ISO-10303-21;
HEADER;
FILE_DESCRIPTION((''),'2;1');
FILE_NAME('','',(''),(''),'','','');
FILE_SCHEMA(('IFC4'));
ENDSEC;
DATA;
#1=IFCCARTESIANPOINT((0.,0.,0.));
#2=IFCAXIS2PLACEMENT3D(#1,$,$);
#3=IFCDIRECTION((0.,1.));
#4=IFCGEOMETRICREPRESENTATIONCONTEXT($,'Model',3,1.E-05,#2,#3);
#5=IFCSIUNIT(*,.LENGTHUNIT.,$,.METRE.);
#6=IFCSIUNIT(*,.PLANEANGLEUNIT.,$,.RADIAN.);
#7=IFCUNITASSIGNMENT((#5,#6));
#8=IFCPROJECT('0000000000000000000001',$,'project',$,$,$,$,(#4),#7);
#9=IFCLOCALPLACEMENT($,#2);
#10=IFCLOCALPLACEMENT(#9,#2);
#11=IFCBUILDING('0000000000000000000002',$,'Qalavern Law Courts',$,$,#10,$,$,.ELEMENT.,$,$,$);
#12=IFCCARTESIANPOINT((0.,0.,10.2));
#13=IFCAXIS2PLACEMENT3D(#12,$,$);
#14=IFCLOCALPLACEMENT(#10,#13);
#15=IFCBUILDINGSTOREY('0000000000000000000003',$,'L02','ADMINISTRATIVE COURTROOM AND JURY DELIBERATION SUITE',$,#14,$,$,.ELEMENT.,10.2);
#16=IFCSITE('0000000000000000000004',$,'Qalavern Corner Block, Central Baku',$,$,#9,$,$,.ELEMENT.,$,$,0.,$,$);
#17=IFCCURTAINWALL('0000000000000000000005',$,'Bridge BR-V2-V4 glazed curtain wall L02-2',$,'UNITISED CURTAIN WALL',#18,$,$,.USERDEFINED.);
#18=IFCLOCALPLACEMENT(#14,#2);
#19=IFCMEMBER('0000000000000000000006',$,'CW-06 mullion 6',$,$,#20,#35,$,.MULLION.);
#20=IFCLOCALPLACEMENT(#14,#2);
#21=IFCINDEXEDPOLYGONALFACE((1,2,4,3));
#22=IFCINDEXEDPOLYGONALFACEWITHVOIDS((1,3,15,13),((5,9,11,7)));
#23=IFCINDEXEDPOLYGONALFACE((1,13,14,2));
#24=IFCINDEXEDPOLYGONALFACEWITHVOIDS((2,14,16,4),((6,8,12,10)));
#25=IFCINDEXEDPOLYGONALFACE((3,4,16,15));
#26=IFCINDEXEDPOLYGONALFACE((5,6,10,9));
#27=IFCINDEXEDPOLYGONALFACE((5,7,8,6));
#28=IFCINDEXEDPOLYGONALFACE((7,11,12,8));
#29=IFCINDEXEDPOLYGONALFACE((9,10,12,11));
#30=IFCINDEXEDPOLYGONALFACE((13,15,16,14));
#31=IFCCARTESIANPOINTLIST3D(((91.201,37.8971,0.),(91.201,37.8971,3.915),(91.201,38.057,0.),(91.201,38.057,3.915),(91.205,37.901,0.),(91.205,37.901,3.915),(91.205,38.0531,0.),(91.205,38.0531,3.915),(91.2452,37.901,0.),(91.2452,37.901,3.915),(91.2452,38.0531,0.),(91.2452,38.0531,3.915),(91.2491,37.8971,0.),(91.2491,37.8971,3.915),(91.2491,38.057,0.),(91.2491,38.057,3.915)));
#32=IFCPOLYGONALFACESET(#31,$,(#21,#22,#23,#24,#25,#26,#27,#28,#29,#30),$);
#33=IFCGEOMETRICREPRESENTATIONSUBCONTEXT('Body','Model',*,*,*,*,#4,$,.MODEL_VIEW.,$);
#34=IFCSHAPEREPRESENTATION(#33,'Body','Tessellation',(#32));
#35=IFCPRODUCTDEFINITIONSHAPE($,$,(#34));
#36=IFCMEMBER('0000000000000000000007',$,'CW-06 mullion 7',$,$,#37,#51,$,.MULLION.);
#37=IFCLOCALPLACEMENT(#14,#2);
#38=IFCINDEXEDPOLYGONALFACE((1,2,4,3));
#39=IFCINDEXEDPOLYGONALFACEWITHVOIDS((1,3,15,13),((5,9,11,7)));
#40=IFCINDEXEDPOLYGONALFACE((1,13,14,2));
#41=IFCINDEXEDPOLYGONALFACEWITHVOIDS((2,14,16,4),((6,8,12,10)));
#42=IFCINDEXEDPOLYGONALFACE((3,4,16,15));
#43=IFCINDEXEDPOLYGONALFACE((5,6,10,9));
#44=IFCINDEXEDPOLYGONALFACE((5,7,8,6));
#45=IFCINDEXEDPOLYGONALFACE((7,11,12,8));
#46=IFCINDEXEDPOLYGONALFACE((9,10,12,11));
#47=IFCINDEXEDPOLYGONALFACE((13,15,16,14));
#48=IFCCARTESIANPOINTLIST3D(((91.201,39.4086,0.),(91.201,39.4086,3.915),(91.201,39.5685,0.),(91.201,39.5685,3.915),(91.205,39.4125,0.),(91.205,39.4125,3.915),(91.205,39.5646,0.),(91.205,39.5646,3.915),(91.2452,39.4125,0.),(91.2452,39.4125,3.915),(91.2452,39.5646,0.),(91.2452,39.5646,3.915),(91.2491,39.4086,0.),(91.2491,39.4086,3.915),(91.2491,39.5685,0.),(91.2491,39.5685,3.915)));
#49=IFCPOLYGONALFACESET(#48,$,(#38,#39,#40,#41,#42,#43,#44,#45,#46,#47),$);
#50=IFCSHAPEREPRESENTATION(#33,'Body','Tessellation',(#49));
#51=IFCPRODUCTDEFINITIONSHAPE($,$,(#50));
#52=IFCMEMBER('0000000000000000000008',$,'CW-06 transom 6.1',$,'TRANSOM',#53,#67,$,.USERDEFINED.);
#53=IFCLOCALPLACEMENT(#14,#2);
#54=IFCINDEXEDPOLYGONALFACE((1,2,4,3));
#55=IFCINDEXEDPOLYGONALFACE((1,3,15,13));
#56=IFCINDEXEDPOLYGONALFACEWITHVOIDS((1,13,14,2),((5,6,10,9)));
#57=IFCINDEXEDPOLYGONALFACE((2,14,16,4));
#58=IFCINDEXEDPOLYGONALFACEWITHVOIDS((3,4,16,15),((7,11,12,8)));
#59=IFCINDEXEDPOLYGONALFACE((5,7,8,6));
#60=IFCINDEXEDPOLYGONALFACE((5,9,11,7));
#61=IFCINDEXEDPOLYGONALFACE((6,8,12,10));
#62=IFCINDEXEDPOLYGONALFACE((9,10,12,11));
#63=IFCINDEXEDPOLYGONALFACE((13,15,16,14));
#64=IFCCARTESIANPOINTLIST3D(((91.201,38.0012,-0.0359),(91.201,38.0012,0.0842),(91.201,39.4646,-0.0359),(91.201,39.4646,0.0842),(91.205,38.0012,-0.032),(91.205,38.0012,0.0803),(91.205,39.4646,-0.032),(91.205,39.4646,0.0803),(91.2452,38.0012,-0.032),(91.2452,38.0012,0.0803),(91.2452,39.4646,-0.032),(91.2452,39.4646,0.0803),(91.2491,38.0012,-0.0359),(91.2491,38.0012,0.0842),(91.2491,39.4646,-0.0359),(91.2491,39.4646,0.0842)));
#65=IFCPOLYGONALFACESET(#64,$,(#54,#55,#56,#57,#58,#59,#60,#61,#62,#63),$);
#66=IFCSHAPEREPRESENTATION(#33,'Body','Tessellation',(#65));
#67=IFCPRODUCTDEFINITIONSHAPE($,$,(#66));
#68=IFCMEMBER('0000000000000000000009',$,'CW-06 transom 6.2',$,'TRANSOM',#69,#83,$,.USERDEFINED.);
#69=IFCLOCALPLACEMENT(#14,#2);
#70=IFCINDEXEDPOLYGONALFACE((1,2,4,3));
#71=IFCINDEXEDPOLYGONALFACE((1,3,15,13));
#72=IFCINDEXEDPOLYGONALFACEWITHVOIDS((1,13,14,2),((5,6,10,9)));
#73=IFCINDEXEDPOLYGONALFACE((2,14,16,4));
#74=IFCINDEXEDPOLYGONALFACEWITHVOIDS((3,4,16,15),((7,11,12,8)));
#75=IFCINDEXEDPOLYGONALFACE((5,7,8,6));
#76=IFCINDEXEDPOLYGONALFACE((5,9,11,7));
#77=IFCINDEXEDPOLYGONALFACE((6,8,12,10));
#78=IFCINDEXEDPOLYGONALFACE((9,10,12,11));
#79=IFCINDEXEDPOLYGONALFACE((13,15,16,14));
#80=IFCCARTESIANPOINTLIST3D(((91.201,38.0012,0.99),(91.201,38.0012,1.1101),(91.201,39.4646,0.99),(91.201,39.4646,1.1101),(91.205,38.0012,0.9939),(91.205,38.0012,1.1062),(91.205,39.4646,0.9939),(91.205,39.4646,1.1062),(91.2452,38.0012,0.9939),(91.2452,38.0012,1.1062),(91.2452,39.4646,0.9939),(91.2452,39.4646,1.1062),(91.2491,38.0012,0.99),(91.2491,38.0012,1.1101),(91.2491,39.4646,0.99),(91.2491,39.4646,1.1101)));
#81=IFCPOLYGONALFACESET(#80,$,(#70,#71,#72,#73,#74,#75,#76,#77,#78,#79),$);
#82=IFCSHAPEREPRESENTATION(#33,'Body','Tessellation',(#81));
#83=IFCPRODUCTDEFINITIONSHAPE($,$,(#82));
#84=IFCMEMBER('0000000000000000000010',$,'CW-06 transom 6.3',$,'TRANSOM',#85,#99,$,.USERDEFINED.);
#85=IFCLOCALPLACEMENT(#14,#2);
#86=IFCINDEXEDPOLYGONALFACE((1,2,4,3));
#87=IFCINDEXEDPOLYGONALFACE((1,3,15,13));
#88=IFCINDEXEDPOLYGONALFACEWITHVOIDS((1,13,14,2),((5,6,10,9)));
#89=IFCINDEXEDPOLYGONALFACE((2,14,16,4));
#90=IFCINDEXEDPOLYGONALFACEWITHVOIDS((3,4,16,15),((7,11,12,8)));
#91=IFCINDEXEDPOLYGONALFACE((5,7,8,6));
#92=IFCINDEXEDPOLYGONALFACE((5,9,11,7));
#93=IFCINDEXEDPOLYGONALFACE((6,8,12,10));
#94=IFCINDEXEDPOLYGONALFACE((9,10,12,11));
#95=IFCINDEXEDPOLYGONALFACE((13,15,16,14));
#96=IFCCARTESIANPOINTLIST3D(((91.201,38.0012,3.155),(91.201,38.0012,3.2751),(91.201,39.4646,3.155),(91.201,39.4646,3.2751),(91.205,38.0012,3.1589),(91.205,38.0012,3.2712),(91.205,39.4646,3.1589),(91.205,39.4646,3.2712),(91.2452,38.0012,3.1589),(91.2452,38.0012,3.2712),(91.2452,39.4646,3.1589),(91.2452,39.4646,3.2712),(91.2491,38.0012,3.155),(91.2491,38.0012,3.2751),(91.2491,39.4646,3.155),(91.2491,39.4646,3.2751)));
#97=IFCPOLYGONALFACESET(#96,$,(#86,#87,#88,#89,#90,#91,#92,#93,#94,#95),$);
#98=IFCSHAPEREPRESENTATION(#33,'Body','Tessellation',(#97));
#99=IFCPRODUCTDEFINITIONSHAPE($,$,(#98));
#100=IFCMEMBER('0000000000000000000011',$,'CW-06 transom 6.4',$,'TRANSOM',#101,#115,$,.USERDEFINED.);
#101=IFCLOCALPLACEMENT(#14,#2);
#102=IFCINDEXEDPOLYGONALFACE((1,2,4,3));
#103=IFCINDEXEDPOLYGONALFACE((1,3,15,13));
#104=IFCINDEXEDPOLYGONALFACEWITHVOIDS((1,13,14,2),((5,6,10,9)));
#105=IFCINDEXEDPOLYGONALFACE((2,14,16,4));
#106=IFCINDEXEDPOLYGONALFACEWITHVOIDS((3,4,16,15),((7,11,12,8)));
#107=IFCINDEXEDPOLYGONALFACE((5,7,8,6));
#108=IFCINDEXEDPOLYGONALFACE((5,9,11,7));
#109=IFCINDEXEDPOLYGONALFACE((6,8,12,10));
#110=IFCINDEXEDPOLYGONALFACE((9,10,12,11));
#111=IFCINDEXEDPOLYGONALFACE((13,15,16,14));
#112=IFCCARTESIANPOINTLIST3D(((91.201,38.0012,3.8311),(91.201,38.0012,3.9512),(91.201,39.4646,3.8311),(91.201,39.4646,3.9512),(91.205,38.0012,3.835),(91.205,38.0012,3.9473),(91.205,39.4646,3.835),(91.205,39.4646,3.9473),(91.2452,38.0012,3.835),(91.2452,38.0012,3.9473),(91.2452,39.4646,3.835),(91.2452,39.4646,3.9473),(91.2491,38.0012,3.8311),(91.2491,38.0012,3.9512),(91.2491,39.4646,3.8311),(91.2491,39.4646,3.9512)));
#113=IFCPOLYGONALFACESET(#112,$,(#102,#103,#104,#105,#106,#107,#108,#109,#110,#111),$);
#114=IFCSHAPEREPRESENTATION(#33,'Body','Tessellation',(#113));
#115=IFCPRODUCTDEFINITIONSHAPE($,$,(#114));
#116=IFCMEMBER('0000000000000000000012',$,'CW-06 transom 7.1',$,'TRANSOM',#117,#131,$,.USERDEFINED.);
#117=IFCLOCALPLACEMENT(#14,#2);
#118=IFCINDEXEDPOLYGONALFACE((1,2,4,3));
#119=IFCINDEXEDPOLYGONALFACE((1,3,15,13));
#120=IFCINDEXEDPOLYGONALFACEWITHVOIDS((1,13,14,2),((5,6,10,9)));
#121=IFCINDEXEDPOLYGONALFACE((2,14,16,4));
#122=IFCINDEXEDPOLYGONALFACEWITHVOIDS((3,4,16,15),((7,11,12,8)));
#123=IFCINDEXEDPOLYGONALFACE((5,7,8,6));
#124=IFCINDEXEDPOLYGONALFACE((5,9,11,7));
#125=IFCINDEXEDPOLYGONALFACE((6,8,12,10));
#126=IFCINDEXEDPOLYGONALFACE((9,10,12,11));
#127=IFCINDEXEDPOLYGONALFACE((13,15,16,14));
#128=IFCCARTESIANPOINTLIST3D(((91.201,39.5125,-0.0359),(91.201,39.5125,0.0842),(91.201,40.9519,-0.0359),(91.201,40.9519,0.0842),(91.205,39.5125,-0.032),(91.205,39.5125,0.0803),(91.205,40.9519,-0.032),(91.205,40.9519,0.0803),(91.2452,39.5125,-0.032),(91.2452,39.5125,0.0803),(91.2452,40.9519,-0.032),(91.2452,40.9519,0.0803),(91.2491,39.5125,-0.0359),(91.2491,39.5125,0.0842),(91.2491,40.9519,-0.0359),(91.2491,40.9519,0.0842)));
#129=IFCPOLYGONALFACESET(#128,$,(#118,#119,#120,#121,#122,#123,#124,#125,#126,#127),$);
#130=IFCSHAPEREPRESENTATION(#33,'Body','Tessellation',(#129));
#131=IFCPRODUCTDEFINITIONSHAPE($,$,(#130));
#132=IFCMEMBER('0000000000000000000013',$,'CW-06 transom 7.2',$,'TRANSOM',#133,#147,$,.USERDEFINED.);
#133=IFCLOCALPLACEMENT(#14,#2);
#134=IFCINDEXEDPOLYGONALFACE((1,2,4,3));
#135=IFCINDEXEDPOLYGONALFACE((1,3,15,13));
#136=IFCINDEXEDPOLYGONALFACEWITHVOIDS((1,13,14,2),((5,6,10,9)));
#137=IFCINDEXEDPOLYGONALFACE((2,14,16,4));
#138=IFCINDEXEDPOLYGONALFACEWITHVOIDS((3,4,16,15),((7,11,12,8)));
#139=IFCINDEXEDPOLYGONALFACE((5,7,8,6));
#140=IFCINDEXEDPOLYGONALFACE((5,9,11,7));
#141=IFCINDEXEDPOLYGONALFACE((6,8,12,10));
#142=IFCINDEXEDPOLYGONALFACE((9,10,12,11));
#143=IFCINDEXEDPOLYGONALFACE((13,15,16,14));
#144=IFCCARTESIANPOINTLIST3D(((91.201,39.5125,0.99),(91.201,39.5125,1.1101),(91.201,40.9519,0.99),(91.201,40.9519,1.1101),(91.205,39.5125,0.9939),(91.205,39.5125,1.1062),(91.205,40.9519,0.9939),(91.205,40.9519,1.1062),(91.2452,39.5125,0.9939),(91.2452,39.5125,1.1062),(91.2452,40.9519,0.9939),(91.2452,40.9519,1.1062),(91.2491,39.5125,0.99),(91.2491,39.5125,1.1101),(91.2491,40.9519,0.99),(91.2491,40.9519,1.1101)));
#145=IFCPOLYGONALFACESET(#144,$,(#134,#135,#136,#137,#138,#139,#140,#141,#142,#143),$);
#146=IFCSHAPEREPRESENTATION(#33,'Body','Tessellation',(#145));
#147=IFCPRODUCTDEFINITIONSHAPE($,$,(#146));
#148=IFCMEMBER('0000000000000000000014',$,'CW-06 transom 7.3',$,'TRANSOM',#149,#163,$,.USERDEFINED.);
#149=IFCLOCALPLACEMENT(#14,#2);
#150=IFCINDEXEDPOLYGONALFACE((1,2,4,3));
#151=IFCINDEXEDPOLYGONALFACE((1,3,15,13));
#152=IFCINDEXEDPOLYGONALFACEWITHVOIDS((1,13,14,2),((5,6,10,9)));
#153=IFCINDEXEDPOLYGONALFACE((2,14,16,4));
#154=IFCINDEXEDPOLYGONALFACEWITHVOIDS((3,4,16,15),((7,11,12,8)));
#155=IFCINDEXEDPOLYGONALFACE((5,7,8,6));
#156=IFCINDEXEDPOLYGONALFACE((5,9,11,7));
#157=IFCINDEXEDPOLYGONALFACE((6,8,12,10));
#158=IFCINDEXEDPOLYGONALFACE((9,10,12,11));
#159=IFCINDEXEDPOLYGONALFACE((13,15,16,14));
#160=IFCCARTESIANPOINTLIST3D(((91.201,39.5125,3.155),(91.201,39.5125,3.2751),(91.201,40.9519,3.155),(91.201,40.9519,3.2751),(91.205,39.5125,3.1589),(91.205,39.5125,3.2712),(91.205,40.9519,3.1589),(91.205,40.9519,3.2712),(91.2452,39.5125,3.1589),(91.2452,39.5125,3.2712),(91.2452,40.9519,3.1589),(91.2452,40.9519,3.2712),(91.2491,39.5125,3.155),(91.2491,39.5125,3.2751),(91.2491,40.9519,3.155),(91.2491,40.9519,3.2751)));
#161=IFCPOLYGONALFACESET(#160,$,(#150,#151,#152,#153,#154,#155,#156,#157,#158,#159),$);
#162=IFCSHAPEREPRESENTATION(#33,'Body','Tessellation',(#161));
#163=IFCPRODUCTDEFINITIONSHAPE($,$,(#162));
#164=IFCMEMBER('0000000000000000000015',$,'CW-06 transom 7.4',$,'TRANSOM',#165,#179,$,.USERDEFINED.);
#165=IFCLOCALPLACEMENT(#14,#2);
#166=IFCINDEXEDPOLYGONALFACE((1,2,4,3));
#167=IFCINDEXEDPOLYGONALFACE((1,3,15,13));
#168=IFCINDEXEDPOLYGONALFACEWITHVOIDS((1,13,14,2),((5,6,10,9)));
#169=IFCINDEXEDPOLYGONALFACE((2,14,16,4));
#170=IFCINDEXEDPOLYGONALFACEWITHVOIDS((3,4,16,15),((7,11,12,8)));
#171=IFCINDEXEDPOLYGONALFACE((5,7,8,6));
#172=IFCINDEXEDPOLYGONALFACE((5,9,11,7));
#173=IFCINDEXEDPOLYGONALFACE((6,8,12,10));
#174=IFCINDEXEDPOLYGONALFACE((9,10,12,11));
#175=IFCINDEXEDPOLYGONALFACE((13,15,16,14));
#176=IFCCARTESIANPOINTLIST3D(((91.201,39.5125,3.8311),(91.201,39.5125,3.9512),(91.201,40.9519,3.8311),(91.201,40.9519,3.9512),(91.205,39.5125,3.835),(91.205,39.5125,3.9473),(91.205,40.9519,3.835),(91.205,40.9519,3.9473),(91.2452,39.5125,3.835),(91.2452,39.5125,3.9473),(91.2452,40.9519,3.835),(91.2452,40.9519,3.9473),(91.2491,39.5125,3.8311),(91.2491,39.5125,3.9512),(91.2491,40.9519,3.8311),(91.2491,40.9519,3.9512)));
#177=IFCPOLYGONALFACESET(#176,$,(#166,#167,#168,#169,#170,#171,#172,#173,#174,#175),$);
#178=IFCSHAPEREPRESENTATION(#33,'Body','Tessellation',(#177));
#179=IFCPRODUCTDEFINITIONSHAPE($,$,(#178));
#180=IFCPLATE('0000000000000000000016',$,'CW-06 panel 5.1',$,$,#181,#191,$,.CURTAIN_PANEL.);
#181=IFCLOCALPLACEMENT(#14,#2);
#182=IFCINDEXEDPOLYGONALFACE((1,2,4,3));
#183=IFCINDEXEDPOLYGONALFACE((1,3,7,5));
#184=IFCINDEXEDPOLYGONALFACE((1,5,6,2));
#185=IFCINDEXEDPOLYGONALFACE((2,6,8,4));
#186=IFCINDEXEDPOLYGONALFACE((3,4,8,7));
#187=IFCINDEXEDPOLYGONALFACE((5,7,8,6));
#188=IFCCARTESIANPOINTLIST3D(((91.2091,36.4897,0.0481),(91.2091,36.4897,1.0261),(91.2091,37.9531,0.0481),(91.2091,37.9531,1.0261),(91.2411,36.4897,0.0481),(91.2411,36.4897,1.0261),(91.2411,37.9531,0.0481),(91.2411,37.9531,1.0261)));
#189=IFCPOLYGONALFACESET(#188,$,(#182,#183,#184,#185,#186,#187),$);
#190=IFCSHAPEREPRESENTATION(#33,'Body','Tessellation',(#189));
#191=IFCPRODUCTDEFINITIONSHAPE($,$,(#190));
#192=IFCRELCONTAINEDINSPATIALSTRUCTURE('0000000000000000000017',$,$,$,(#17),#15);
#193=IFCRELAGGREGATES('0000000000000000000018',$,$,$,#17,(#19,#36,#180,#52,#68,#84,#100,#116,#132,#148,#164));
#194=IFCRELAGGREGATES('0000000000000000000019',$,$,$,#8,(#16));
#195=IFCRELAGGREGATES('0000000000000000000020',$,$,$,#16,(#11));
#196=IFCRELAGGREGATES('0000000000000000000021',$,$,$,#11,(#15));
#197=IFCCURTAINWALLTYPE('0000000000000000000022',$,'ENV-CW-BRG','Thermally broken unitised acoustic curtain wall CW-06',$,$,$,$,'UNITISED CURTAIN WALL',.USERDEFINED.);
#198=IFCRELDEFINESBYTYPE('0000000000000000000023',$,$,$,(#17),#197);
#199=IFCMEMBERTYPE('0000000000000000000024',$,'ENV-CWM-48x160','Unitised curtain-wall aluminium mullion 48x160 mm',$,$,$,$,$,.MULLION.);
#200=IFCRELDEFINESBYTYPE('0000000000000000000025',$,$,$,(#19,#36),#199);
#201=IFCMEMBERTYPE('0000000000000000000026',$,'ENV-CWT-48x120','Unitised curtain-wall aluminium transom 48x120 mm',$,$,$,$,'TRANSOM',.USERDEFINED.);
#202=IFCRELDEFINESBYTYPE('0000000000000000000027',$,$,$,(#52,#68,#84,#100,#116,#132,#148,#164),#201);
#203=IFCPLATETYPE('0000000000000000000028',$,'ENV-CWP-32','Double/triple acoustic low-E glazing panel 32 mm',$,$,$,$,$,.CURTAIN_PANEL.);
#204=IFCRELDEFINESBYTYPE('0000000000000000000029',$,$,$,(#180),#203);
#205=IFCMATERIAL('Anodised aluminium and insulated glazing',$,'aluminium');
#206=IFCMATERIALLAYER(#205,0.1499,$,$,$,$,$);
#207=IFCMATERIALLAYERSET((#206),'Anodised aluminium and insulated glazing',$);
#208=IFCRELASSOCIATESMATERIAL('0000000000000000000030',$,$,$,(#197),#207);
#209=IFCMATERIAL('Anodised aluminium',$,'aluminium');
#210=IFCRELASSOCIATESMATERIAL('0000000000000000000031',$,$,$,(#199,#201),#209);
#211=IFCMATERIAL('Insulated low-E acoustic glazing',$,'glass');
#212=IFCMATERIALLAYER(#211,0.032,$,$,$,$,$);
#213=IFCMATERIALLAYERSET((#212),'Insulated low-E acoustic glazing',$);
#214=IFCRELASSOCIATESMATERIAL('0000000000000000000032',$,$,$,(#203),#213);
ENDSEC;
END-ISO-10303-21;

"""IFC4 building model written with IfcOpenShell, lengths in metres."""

from ifc_helpers import new_model, si_unit, direction, frame, origin, origin_2d, place, context, subcontext, project, spatial, rectangle, hollow_rectangle, extrude, material, layer, layer_set, material_profile, profile_set, type_object, element, aggregate, save


model = new_model("IFC4")

# Units and contexts
model_context = context("Model", 3, precision=1e-05, world=origin(), true_north=direction((0.0, 1.0)))
body_context = subcontext(model_context, "Body", "Model", "MODEL_VIEW")
ifc_project = project(units=[si_unit("LENGTHUNIT", "METRE"), si_unit("PLANEANGLEUNIT", "RADIAN")], contexts=[model_context])

# Site, building, storey
site_placement = place(None, origin())
site = spatial("IfcSite", under=ifc_project, at=site_placement, Name="Qalavern Corner Block, Central Baku", CompositionType="ELEMENT", RefElevation=0.0)
building_placement = place(site_placement, origin())
building = spatial("IfcBuilding", under=site, at=building_placement, Name="Qalavern Law Courts", CompositionType="ELEMENT")
storey_placement = place(building_placement, frame((0.0, 0.0, 10.2)))
storey = spatial("IfcBuildingStorey", under=building, at=storey_placement, Name="L02", Description="ADMINISTRATIVE COURTROOM AND JURY DELIBERATION SUITE", CompositionType="ELEMENT", Elevation=10.2)

# Curtain wall, members, plate
ifc_material_1 = material(Name="Anodised aluminium and insulated glazing", Category="aluminium")
ifc_layer_1 = layer(ifc_material_1, 0.1499)
ifc_layer_set_1 = layer_set([ifc_layer_1], Name="Anodised aluminium and insulated glazing")
curtain_wall_type = type_object("IfcCurtainWallType", Name="ENV-CW-BRG", Description="Thermally broken unitised acoustic curtain wall CW-06", ElementType="UNITISED CURTAIN WALL", PredefinedType="USERDEFINED", material=ifc_layer_set_1)
curtain_wall_placement = place(storey_placement, origin())
curtain_wall = element("IfcCurtainWall", 1, at=curtain_wall_placement, inside=storey, type_object=curtain_wall_type, Name="Bridge BR-V2-V4 glazed curtain wall L02-2", ObjectType="UNITISED CURTAIN WALL", PredefinedType="USERDEFINED")
ifc_material_2 = material(Name="Anodised aluminium", Category="aluminium")
ifc_material_profile_1 = material_profile(ifc_material_2, hollow_rectangle(XDim=0.0481, YDim=0.1599, WallThickness=0.0039, at=origin_2d()), Name="ALU MULLION 48x160")
ifc_profile_set_1 = profile_set([ifc_material_profile_1], Name="Anodised aluminium")
member_type_1 = type_object("IfcMemberType", Name="ENV-CWM-48x160", Description="Unitised curtain-wall aluminium mullion 48x160 mm", PredefinedType="MULLION", material=ifc_profile_set_1)
member_1_placement = place(storey_placement, frame((91.2251, 37.9771, 0.0), z_axis=(0.0, 0.0, 1.0), x_axis=(-1.0, 0.0, 0.0)))
member_1 = element("IfcMember", 2, at=member_1_placement, type_object=member_type_1, Name="CW-06 mullion 6", PredefinedType="MULLION", context=body_context, shape_type="SweptSolid", body=[
    extrude(hollow_rectangle(XDim=0.0481, YDim=0.1599, WallThickness=0.0039, at=origin_2d()), origin(), (0.0, 0.0, 1.0), 3.915),
])
member_2_placement = place(storey_placement, frame((91.2251, 39.4885, 0.0), z_axis=(0.0, 0.0, 1.0), x_axis=(-1.0, 0.0, 0.0)))
member_2 = element("IfcMember", 3, at=member_2_placement, type_object=member_type_1, Name="CW-06 mullion 7", PredefinedType="MULLION", context=body_context, shape_type="SweptSolid", body=[
    extrude(hollow_rectangle(XDim=0.0481, YDim=0.1599, WallThickness=0.0039, at=origin_2d()), origin(), (0.0, 0.0, 1.0), 3.915),
])
ifc_material_profile_2 = material_profile(ifc_material_2, hollow_rectangle(XDim=0.0481, YDim=0.1201, WallThickness=0.0039, at=origin_2d()), Name="ALU TRANSOM 48x120")
ifc_profile_set_2 = profile_set([ifc_material_profile_2], Name="Anodised aluminium")
member_type_2 = type_object("IfcMemberType", Name="ENV-CWT-48x120", Description="Unitised curtain-wall aluminium transom 48x120 mm", ElementType="TRANSOM", PredefinedType="USERDEFINED", material=ifc_profile_set_2)
member_3_placement = place(storey_placement, frame((91.2251, 38.0012, 0.0242), z_axis=(0.0, 1.0, 0.0), x_axis=(-1.0, 0.0, 0.0)))
member_3 = element("IfcMember", 4, at=member_3_placement, type_object=member_type_2, Name="CW-06 transom 6.1", ObjectType="TRANSOM", PredefinedType="USERDEFINED", context=body_context, shape_type="SweptSolid", body=[
    extrude(hollow_rectangle(XDim=0.0481, YDim=0.1201, WallThickness=0.0039, at=origin_2d()), origin(), (0.0, 0.0, 1.0), 1.4634),
])
member_4_placement = place(storey_placement, frame((91.2251, 38.0012, 1.05), z_axis=(0.0, 1.0, 0.0), x_axis=(-1.0, 0.0, 0.0)))
member_4 = element("IfcMember", 5, at=member_4_placement, type_object=member_type_2, Name="CW-06 transom 6.2", ObjectType="TRANSOM", PredefinedType="USERDEFINED", context=body_context, shape_type="SweptSolid", body=[
    extrude(hollow_rectangle(XDim=0.0481, YDim=0.1201, WallThickness=0.0039, at=origin_2d()), origin(), (0.0, 0.0, 1.0), 1.4634),
])
member_5_placement = place(storey_placement, frame((91.2251, 38.0012, 3.2151), z_axis=(0.0, 1.0, 0.0), x_axis=(-1.0, 0.0, 0.0)))
member_5 = element("IfcMember", 6, at=member_5_placement, type_object=member_type_2, Name="CW-06 transom 6.3", ObjectType="TRANSOM", PredefinedType="USERDEFINED", context=body_context, shape_type="SweptSolid", body=[
    extrude(hollow_rectangle(XDim=0.0481, YDim=0.1201, WallThickness=0.0039, at=origin_2d()), origin(), (0.0, 0.0, 1.0), 1.4634),
])
member_6_placement = place(storey_placement, frame((91.2251, 38.0012, 3.8911), z_axis=(0.0, 1.0, 0.0), x_axis=(-1.0, 0.0, 0.0)))
member_6 = element("IfcMember", 7, at=member_6_placement, type_object=member_type_2, Name="CW-06 transom 6.4", ObjectType="TRANSOM", PredefinedType="USERDEFINED", context=body_context, shape_type="SweptSolid", body=[
    extrude(hollow_rectangle(XDim=0.0481, YDim=0.1201, WallThickness=0.0039, at=origin_2d()), origin(), (0.0, 0.0, 1.0), 1.4634),
])
member_7_placement = place(storey_placement, frame((91.2251, 39.5125, 0.0242), z_axis=(0.0, 1.0, 0.0), x_axis=(-1.0, 0.0, 0.0)))
member_7 = element("IfcMember", 8, at=member_7_placement, type_object=member_type_2, Name="CW-06 transom 7.1", ObjectType="TRANSOM", PredefinedType="USERDEFINED", context=body_context, shape_type="SweptSolid", body=[
    extrude(hollow_rectangle(XDim=0.0481, YDim=0.1201, WallThickness=0.0039, at=origin_2d()), origin(), (0.0, 0.0, 1.0), 1.4395),
])
member_8_placement = place(storey_placement, frame((91.2251, 39.5125, 1.05), z_axis=(0.0, 1.0, 0.0), x_axis=(-1.0, 0.0, 0.0)))
member_8 = element("IfcMember", 9, at=member_8_placement, type_object=member_type_2, Name="CW-06 transom 7.2", ObjectType="TRANSOM", PredefinedType="USERDEFINED", context=body_context, shape_type="SweptSolid", body=[
    extrude(hollow_rectangle(XDim=0.0481, YDim=0.1201, WallThickness=0.0039, at=origin_2d()), origin(), (0.0, 0.0, 1.0), 1.4395),
])
member_9_placement = place(storey_placement, frame((91.2251, 39.5125, 3.2151), z_axis=(0.0, 1.0, 0.0), x_axis=(-1.0, 0.0, 0.0)))
member_9 = element("IfcMember", 10, at=member_9_placement, type_object=member_type_2, Name="CW-06 transom 7.3", ObjectType="TRANSOM", PredefinedType="USERDEFINED", context=body_context, shape_type="SweptSolid", body=[
    extrude(hollow_rectangle(XDim=0.0481, YDim=0.1201, WallThickness=0.0039, at=origin_2d()), origin(), (0.0, 0.0, 1.0), 1.4395),
])
member_10_placement = place(storey_placement, frame((91.2251, 39.5125, 3.8911), z_axis=(0.0, 1.0, 0.0), x_axis=(-1.0, 0.0, 0.0)))
member_10 = element("IfcMember", 11, at=member_10_placement, type_object=member_type_2, Name="CW-06 transom 7.4", ObjectType="TRANSOM", PredefinedType="USERDEFINED", context=body_context, shape_type="SweptSolid", body=[
    extrude(hollow_rectangle(XDim=0.0481, YDim=0.1201, WallThickness=0.0039, at=origin_2d()), origin(), (0.0, 0.0, 1.0), 1.4395),
])
ifc_material_3 = material(Name="Insulated low-E acoustic glazing", Category="glass")
ifc_layer_2 = layer(ifc_material_3, 0.032)
ifc_layer_set_2 = layer_set([ifc_layer_2], Name="Insulated low-E acoustic glazing")
plate_type = type_object("IfcPlateType", Name="ENV-CWP-32", Description="Double/triple acoustic low-E glazing panel 32 mm", PredefinedType="CURTAIN_PANEL", material=ifc_layer_set_2)
plate_1_placement = place(storey_placement, frame((91.2251, 37.2214, 0.0481), z_axis=(0.0, 0.0, 1.0), x_axis=(0.0, 1.0, 0.0)))
plate_1 = element("IfcPlate", 12, at=plate_1_placement, type_object=plate_type, Name="CW-06 panel 5.1", PredefinedType="CURTAIN_PANEL", context=body_context, shape_type="SweptSolid", body=[
    extrude(rectangle(XDim=1.4634, YDim=0.032, at=origin_2d()), origin(), (0.0, 0.0, 1.0), 0.978),
])
aggregate(curtain_wall, [member_1, member_2, plate_1, member_3, member_4, member_5, member_6, member_7, member_8, member_9, member_10])

save(model, "model.ifc")
